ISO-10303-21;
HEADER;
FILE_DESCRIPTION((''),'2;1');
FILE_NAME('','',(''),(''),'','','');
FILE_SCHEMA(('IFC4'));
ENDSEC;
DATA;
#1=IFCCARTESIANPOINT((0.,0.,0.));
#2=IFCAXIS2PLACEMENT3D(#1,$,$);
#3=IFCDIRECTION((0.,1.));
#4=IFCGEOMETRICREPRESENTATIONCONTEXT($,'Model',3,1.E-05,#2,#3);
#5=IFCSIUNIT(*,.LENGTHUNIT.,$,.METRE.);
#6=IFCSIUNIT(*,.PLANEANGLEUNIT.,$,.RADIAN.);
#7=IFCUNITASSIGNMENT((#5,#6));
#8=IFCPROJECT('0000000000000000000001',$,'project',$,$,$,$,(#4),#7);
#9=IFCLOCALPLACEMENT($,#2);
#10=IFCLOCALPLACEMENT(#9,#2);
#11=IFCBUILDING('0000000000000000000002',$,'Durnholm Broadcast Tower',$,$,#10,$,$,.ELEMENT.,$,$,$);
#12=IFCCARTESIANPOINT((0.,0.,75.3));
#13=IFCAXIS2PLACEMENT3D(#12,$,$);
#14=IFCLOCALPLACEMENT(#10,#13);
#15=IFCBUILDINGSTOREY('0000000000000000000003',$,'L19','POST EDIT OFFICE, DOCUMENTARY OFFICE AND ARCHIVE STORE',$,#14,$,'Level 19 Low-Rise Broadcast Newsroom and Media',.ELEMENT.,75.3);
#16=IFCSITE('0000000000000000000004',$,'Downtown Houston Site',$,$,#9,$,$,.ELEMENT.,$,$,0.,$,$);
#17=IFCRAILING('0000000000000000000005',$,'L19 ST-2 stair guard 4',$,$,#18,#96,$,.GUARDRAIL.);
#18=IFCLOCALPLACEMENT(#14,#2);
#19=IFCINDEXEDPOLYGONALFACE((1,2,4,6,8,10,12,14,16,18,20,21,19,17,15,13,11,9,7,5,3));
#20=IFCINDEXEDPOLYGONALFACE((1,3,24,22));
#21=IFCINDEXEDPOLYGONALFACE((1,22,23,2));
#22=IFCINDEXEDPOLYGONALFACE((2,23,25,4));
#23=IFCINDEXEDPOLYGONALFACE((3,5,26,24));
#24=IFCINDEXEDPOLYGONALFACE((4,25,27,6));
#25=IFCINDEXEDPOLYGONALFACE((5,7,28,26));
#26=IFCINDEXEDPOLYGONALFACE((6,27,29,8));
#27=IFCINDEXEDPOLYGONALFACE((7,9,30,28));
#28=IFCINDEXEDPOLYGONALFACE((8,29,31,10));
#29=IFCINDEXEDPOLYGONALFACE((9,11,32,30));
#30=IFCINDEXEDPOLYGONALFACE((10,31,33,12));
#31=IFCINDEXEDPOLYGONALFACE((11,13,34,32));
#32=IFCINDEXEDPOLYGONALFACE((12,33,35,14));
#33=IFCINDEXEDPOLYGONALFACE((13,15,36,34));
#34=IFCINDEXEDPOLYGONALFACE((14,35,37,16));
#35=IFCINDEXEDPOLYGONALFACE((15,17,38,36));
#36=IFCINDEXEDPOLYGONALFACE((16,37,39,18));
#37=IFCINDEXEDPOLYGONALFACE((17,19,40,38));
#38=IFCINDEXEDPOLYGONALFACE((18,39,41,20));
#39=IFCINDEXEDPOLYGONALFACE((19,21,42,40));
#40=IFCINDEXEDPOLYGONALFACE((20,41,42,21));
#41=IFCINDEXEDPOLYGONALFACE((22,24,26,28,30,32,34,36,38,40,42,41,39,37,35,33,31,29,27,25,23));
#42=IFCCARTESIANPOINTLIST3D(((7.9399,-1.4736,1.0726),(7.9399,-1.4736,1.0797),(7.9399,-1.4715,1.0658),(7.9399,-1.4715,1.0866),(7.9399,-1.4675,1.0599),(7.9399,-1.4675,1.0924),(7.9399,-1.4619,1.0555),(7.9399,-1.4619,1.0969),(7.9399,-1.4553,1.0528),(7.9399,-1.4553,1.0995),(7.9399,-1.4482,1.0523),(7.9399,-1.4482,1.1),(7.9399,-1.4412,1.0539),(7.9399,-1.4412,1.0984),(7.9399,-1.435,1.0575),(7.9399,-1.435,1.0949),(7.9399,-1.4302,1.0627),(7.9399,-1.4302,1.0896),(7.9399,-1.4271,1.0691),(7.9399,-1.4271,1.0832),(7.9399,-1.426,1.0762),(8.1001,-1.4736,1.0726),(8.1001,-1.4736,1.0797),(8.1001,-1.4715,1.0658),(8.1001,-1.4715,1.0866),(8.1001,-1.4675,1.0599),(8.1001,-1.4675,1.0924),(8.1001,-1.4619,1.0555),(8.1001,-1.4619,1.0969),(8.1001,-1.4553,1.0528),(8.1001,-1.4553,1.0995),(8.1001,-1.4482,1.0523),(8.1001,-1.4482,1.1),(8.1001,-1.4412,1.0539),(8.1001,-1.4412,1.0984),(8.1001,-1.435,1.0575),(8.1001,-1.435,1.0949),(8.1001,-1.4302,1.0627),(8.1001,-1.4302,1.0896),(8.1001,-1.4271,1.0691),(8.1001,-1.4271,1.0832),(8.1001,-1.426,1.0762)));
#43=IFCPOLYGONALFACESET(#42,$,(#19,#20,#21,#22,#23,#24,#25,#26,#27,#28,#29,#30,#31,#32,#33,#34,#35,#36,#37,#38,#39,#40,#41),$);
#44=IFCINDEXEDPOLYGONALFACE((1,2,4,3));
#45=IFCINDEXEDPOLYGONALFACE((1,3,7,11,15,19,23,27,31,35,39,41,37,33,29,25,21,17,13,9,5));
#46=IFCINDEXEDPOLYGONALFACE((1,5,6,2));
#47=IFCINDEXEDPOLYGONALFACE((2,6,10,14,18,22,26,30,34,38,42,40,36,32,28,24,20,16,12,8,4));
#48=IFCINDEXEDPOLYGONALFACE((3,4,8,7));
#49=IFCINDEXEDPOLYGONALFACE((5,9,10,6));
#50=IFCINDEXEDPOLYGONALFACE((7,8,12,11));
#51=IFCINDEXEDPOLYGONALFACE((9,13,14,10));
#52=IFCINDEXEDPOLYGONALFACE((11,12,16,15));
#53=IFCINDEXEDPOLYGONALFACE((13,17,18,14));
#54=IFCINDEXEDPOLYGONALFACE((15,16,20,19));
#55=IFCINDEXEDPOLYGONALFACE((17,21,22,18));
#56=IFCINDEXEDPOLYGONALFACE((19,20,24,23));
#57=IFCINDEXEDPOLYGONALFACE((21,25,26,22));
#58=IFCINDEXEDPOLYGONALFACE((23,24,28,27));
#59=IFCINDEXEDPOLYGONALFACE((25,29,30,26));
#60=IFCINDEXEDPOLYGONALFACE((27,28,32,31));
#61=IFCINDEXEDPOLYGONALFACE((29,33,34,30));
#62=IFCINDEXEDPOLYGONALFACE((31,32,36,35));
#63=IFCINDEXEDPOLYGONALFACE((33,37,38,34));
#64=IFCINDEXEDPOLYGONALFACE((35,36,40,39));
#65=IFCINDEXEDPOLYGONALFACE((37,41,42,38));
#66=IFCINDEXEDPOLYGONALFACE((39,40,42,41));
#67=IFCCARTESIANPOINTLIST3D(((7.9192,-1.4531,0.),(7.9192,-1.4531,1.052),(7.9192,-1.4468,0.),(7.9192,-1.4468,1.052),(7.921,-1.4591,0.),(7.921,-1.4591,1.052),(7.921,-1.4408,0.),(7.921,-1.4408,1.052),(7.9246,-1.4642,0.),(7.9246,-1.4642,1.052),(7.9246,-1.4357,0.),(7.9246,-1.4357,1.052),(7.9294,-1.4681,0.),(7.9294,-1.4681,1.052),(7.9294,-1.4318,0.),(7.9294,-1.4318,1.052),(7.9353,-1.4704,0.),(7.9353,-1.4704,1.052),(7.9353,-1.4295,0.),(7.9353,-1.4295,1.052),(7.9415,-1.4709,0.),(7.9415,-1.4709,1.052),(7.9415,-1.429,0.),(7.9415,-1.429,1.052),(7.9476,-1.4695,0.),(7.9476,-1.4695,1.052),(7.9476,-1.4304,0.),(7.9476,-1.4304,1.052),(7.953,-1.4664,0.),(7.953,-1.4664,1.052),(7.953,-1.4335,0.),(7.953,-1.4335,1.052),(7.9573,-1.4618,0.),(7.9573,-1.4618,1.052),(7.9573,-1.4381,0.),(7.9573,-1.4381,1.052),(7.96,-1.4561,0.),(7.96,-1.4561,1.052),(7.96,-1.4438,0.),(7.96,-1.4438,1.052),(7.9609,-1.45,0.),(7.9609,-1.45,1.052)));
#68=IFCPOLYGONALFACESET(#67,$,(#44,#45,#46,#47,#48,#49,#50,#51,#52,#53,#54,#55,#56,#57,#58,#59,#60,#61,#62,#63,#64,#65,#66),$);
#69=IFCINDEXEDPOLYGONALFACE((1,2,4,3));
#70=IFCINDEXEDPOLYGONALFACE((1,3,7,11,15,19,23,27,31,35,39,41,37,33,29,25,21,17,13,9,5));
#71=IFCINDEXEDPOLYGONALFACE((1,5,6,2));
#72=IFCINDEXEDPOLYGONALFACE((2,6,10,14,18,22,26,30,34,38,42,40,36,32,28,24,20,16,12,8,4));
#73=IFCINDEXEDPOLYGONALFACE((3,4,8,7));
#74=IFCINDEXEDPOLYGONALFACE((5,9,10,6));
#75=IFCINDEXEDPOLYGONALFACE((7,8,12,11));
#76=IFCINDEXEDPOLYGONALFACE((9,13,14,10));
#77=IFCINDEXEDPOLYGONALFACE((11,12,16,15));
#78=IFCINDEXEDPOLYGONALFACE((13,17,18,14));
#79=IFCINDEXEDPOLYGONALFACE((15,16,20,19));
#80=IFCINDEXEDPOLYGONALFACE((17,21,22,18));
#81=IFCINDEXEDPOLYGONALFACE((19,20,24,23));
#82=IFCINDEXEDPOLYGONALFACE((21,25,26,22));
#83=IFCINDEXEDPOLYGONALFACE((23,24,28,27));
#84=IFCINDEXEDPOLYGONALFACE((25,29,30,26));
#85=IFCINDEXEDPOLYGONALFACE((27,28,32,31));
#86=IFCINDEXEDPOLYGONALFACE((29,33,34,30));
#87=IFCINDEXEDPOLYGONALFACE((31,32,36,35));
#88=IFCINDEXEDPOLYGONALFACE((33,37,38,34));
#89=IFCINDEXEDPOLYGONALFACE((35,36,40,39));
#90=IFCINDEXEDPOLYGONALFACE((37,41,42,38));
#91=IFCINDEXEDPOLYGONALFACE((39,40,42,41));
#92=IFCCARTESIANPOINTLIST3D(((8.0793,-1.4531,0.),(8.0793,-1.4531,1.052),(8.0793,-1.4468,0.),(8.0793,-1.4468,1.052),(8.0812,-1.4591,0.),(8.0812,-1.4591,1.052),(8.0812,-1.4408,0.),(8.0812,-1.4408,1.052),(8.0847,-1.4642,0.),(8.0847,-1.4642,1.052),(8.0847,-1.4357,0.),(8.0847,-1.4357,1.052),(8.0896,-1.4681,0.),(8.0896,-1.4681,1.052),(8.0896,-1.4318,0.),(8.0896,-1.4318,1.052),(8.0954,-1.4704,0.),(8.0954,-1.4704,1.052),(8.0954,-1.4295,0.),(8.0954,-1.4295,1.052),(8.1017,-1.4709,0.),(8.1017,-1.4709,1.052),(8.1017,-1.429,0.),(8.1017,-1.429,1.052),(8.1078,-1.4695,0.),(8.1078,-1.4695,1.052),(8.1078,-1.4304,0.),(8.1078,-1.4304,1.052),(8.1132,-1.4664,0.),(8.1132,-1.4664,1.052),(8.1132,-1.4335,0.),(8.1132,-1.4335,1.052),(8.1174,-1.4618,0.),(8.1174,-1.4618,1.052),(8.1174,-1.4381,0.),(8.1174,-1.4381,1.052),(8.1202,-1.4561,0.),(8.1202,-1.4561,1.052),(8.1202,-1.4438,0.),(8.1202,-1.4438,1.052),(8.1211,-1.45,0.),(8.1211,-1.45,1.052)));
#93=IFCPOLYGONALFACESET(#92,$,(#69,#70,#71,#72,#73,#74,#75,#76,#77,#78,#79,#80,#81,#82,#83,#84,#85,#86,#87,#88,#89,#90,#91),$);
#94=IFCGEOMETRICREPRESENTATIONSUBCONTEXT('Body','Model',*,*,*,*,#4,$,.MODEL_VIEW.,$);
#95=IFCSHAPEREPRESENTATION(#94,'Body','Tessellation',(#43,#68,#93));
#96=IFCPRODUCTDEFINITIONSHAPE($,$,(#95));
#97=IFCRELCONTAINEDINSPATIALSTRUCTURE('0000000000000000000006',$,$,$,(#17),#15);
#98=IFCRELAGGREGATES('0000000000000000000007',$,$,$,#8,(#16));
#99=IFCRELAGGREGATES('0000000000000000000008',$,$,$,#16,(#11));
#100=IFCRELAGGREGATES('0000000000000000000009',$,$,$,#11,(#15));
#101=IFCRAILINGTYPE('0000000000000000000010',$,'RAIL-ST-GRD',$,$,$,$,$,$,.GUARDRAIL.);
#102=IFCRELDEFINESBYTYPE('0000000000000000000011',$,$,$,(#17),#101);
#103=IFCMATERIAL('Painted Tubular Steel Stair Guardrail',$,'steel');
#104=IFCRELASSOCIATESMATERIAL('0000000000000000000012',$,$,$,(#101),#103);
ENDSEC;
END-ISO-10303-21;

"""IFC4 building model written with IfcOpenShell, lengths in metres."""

from ifc_helpers import new_model, si_unit, direction, frame, origin, origin_2d, place, context, subcontext, project, spatial, circle, extrude, material, type_object, element, save


model = new_model("IFC4")

# Units and contexts
model_context = context("Model", 3, precision=1e-05, world=origin(), true_north=direction((0.0, 1.0)))
body_context = subcontext(model_context, "Body", "Model", "MODEL_VIEW")
ifc_project = project(units=[si_unit("LENGTHUNIT", "METRE"), si_unit("PLANEANGLEUNIT", "RADIAN")], contexts=[model_context])

# Site, building, storey
site_placement = place(None, origin())
site = spatial("IfcSite", under=ifc_project, at=site_placement, Name="Downtown Houston Site", CompositionType="ELEMENT", RefElevation=0.0)
building_placement = place(site_placement, origin())
building = spatial("IfcBuilding", under=site, at=building_placement, Name="Durnholm Broadcast Tower", CompositionType="ELEMENT")
storey_placement = place(building_placement, frame((0.0, 0.0, 75.3)))
storey = spatial("IfcBuildingStorey", under=building, at=storey_placement, Name="L19", Description="POST EDIT OFFICE, DOCUMENTARY OFFICE AND ARCHIVE STORE", LongName="Level 19 Low-Rise Broadcast Newsroom and Media", CompositionType="ELEMENT", Elevation=75.3)

# Railing
ifc_material_1 = material(Name="Painted Tubular Steel Stair Guardrail", Category="steel")
railing_type_1 = type_object("IfcRailingType", Name="RAIL-ST-GRD", PredefinedType="GUARDRAIL", material=ifc_material_1)
railing_1_placement = place(storey_placement, frame((7.9399, -1.45, 0.0)))
element("IfcRailing", 1, at=railing_1_placement, inside=storey, type_object=railing_type_1, Name="L19 ST-2 stair guard 4", PredefinedType="GUARDRAIL", context=body_context, shape_type="SweptSolid", body=[
    extrude(circle(Radius=0.0239, at=origin_2d()), frame((0.0, 0.0, 1.0762), z_axis=(1.0, 0.0, 0.0), x_axis=(0.0, 1.0, 0.0)), (0.0, 0.0, 1.0), 0.1602),
    extrude(circle(Radius=0.021, at=origin_2d()), origin(), (0.0, 0.0, 1.0), 1.052),
    extrude(circle(Radius=0.021, at=origin_2d()), frame((0.1602, 0.0, 0.0)), (0.0, 0.0, 1.0), 1.052),
])

save(model, "model.ifc")
